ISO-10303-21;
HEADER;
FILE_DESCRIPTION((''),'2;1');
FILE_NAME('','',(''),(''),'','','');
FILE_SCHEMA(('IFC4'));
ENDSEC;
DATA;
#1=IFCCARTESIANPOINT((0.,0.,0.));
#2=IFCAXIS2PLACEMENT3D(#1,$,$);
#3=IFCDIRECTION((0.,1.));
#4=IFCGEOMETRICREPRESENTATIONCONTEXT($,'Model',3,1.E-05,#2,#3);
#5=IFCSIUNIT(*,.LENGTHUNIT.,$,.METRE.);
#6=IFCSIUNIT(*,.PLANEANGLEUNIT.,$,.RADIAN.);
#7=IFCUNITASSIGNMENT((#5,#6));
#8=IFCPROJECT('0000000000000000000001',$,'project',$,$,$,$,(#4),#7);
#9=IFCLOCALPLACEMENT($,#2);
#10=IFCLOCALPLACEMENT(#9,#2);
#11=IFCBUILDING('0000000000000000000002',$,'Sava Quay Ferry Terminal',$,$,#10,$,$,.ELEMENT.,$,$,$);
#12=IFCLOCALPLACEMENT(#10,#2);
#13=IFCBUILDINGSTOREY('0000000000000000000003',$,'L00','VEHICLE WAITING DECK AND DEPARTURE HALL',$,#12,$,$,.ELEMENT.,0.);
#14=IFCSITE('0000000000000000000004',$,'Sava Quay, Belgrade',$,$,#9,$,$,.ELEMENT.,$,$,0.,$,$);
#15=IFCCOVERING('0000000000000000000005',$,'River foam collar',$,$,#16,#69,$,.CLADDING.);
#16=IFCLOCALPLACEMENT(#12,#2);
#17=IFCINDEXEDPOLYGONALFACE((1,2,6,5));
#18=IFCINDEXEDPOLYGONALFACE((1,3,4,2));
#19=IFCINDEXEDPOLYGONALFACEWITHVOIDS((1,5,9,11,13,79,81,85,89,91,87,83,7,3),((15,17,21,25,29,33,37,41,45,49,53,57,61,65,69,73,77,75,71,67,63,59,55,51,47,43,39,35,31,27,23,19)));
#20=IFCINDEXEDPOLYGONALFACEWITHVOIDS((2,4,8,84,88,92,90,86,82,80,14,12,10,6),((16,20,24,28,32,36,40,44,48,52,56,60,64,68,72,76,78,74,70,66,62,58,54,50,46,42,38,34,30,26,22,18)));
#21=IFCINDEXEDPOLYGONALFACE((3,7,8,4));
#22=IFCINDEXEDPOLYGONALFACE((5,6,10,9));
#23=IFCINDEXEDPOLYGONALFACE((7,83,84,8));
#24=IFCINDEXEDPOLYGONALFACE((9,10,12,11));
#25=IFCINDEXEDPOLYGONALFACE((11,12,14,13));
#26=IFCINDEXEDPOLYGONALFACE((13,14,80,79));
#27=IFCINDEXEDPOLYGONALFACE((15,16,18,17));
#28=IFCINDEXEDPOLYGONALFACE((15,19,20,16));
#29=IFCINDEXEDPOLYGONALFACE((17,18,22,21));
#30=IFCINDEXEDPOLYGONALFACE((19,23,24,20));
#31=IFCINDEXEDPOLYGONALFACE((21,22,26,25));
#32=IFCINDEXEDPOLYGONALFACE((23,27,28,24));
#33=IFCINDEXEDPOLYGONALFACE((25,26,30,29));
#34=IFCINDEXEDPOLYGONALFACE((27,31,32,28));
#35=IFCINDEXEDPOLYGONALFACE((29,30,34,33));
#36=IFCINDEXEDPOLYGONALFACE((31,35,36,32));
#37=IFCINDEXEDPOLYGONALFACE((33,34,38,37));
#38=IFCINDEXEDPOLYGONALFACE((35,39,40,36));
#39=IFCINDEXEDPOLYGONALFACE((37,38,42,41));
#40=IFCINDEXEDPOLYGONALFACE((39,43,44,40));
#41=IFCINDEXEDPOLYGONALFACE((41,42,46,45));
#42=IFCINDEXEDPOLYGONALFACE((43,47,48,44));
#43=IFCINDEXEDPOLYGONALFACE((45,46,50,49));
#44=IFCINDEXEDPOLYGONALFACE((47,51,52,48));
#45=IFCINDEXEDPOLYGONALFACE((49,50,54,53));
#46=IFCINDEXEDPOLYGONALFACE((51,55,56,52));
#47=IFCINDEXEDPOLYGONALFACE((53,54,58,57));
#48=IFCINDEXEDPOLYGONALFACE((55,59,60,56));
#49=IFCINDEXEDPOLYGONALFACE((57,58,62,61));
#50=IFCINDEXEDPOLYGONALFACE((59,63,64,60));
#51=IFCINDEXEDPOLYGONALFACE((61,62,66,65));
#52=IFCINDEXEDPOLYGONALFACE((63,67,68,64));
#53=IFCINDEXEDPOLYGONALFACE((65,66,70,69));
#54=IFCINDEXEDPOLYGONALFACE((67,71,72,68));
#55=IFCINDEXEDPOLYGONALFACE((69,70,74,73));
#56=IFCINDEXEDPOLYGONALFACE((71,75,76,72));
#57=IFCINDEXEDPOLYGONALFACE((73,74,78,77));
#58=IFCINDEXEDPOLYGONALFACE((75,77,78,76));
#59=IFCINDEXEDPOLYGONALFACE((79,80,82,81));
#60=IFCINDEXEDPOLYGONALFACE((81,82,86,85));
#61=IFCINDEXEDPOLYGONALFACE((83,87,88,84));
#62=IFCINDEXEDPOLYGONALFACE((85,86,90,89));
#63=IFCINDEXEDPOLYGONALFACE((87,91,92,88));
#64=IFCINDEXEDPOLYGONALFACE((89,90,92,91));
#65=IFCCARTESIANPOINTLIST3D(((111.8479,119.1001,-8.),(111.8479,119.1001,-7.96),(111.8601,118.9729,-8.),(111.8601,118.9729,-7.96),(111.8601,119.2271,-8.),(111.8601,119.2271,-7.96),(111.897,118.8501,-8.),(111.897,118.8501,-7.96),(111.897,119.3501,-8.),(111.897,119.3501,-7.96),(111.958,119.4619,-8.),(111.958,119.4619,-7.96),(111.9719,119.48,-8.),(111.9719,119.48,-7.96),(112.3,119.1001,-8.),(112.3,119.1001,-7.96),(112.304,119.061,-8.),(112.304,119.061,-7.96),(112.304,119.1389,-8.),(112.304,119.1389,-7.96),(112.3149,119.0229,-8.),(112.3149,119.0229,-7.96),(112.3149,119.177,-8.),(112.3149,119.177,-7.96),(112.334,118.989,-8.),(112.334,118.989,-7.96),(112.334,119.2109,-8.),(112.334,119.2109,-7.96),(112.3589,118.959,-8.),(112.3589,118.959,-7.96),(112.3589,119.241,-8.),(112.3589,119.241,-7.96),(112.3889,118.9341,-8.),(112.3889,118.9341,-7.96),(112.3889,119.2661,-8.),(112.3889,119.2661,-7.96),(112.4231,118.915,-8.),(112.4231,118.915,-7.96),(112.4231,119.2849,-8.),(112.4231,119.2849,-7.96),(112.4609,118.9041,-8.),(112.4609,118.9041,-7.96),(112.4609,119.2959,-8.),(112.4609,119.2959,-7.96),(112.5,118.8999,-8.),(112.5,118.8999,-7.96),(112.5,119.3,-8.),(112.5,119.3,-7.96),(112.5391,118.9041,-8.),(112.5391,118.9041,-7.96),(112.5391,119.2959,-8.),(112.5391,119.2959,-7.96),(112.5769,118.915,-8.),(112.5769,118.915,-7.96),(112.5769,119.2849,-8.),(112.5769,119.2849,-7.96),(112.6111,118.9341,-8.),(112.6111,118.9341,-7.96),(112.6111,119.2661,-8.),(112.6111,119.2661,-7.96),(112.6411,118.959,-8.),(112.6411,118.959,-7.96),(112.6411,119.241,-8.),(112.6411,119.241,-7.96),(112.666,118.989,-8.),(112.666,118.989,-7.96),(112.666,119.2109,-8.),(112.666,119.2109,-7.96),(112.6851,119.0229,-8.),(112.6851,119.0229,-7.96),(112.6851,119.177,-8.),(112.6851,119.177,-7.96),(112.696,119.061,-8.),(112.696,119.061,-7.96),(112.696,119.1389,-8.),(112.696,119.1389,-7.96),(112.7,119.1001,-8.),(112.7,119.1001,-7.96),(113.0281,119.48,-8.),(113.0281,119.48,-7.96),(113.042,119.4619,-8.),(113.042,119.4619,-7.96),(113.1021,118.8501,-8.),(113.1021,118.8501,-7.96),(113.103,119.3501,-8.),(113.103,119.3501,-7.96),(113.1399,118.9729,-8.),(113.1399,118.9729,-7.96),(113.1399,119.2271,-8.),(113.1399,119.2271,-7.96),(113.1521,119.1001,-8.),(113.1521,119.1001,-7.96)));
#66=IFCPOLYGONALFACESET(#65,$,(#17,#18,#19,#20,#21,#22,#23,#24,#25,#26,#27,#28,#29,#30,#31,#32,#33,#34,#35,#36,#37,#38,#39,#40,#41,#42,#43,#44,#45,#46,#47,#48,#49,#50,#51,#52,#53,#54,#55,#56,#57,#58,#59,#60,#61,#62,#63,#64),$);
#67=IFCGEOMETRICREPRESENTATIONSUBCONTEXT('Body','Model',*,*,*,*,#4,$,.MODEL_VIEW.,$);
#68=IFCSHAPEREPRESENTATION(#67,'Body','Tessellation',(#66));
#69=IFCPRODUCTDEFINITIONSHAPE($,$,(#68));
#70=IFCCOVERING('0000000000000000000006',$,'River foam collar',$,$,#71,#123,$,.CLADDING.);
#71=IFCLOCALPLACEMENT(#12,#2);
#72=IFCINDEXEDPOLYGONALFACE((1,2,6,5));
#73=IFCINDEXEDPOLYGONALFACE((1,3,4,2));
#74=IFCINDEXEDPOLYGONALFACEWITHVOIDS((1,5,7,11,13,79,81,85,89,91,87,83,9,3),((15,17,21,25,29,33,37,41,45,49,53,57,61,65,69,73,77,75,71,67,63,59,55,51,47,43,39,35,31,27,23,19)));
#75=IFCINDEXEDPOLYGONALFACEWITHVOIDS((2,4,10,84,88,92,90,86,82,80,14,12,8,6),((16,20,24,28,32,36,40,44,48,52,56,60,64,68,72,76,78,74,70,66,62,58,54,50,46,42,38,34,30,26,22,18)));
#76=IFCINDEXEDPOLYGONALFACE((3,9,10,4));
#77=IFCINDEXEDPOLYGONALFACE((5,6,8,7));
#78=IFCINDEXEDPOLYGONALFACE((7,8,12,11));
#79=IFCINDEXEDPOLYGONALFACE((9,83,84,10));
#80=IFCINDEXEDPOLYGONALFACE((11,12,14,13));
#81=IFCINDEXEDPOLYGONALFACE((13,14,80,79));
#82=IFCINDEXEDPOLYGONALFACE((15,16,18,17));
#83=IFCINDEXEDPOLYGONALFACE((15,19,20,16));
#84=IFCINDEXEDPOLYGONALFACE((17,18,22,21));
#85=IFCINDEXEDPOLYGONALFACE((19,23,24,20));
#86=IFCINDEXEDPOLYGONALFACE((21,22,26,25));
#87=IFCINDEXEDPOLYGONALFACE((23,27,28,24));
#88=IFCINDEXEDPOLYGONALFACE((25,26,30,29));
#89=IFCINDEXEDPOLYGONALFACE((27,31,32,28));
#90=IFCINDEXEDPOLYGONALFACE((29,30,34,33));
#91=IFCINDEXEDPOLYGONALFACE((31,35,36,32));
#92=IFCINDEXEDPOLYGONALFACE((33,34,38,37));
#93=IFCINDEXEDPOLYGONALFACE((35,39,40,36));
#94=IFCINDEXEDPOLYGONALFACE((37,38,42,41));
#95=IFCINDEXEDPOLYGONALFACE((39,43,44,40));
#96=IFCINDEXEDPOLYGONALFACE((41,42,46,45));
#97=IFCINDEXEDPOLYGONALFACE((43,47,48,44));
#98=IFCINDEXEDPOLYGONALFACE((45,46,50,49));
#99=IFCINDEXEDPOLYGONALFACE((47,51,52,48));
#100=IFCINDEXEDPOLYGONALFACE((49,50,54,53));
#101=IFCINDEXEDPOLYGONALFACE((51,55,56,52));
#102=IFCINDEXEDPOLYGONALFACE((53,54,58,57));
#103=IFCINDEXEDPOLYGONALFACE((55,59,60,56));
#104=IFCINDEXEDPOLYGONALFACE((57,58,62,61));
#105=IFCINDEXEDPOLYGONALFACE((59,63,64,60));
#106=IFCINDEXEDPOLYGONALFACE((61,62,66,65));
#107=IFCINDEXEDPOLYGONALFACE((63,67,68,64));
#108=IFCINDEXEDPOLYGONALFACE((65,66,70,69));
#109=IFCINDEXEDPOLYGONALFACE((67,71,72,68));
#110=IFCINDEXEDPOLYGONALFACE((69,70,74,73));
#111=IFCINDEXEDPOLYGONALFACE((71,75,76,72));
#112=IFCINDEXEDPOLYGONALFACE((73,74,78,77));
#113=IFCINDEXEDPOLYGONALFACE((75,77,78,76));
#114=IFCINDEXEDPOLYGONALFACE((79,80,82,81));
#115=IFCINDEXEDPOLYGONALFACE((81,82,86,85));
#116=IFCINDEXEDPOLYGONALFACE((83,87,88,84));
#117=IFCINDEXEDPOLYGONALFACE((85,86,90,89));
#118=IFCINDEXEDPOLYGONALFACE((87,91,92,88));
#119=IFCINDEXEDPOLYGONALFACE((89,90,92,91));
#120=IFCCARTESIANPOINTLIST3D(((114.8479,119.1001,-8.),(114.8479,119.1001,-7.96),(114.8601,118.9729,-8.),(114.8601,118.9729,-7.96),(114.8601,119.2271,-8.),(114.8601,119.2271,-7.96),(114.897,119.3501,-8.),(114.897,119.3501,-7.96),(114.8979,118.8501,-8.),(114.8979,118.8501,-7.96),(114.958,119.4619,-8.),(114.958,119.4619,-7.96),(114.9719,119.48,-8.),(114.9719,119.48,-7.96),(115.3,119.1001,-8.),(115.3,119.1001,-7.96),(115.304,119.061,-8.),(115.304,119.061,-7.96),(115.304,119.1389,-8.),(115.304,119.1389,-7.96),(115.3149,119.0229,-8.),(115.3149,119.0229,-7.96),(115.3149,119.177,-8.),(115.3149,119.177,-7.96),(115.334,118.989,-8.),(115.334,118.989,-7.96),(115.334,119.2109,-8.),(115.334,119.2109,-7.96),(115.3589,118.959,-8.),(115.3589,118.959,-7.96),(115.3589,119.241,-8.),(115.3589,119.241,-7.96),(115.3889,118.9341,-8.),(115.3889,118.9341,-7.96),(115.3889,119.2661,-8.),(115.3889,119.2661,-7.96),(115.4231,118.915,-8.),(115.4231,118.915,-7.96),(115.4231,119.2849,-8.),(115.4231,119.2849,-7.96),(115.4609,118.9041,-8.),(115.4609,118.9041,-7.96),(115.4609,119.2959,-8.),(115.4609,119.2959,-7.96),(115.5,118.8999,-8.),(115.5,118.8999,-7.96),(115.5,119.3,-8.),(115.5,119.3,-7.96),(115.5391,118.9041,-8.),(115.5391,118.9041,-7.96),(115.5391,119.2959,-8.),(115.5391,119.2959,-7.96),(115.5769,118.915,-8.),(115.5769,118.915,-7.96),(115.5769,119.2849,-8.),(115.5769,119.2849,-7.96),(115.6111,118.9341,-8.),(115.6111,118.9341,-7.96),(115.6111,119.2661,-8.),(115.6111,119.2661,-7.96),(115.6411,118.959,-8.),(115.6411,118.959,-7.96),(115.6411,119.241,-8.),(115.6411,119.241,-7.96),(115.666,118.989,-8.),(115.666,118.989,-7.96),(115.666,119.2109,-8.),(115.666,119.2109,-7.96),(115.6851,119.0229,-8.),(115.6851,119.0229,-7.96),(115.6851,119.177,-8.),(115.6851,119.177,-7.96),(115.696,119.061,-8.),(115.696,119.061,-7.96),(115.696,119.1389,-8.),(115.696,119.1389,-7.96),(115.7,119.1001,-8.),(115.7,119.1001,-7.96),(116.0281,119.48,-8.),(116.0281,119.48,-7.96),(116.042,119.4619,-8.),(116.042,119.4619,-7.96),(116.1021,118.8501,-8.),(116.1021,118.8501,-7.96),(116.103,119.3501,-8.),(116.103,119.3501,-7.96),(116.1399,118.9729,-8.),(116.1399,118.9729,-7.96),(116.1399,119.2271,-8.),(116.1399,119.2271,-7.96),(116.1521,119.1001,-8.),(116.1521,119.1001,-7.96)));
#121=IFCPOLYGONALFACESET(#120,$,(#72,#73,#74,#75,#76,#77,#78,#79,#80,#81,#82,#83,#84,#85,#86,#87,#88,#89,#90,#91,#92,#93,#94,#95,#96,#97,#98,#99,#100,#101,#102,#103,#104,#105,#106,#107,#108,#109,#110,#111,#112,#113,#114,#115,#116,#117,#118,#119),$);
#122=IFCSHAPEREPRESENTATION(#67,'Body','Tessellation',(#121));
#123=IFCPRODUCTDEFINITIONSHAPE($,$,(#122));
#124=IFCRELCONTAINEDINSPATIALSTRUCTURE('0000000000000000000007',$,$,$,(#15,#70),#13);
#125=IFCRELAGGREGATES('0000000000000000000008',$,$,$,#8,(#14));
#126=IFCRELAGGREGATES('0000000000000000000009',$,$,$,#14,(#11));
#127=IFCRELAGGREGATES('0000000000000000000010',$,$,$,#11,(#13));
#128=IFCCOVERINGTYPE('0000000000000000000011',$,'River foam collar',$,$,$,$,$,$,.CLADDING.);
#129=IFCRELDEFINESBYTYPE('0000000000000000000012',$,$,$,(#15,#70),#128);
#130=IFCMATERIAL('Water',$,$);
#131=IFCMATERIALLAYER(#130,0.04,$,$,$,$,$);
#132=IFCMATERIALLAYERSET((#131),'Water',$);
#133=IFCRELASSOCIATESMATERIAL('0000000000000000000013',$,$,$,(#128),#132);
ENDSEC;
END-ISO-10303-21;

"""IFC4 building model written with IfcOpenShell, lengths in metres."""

from ifc_helpers import new_model, si_unit, direction, frame, origin, place, context, subcontext, project, spatial, polyline, outline, extrude, material, layer, layer_set, type_object, element, save


model = new_model("IFC4")

# Units and contexts
model_context = context("Model", 3, precision=1e-05, world=origin(), true_north=direction((0.0, 1.0)))
body_context = subcontext(model_context, "Body", "Model", "MODEL_VIEW")
ifc_project = project(units=[si_unit("LENGTHUNIT", "METRE"), si_unit("PLANEANGLEUNIT", "RADIAN")], contexts=[model_context])

# Site, building, storey
site_placement = place(None, origin())
site = spatial("IfcSite", under=ifc_project, at=site_placement, Name="Sava Quay, Belgrade", CompositionType="ELEMENT", RefElevation=0.0)
building_placement = place(site_placement, origin())
building = spatial("IfcBuilding", under=site, at=building_placement, Name="Sava Quay Ferry Terminal", CompositionType="ELEMENT")
storey_placement = place(building_placement, origin())
storey = spatial("IfcBuildingStorey", under=building, at=storey_placement, Name="L00", Description="VEHICLE WAITING DECK AND DEPARTURE HALL", CompositionType="ELEMENT", Elevation=0.0)

# Coverings
ifc_material = material(Name="Water")
ifc_layer = layer(ifc_material, 0.04)
ifc_layer_set = layer_set([ifc_layer], Name="Water")
covering_type = type_object("IfcCoveringType", Name="River foam collar", PredefinedType="CLADDING", material=ifc_layer_set)
covering_1_placement = place(storey_placement, frame((0.0, 0.0, -8.0)))
element("IfcCovering", 1, at=covering_1_placement, inside=storey, type_object=covering_type, Name="River foam collar", PredefinedType="CLADDING", context=body_context, shape_type="SweptSolid", body=[
    extrude(outline(polyline([(113.103, 119.3501), (113.042, 119.4619), (113.0281, 119.48), (111.9719, 119.48), (111.958, 119.4619), (111.897, 119.3501), (111.8601, 119.2271), (111.8479, 119.1001), (111.8601, 118.9729), (111.897, 118.8501), (113.1021, 118.8501), (113.1399, 118.9729), (113.1521, 119.1001), (113.1399, 119.2271), (113.103, 119.3501)]), holes=[polyline([(112.6851, 119.0229), (112.666, 118.989), (112.6411, 118.959), (112.6111, 118.9341), (112.5769, 118.915), (112.5391, 118.9041), (112.5, 118.8999), (112.4609, 118.9041), (112.4231, 118.915), (112.3889, 118.9341), (112.3589, 118.959), (112.334, 118.989), (112.3149, 119.0229), (112.304, 119.061), (112.3, 119.1001), (112.304, 119.1389), (112.3149, 119.177), (112.334, 119.2109), (112.3589, 119.241), (112.3889, 119.2661), (112.4231, 119.2849), (112.4609, 119.2959), (112.5, 119.3), (112.5391, 119.2959), (112.5769, 119.2849), (112.6111, 119.2661), (112.6411, 119.241), (112.666, 119.2109), (112.6851, 119.177), (112.696, 119.1389), (112.7, 119.1001), (112.696, 119.061), (112.6851, 119.0229)])]), origin(), (0.0, 0.0, 1.0), 0.04),
])
covering_2_placement = place(storey_placement, frame((0.0, 0.0, -8.0)))
element("IfcCovering", 2, at=covering_2_placement, inside=storey, type_object=covering_type, Name="River foam collar", PredefinedType="CLADDING", context=body_context, shape_type="SweptSolid", body=[
    extrude(outline(polyline([(116.1399, 119.2271), (116.103, 119.3501), (116.042, 119.4619), (116.0281, 119.48), (114.9719, 119.48), (114.958, 119.4619), (114.897, 119.3501), (114.8601, 119.2271), (114.8479, 119.1001), (114.8601, 118.9729), (114.8979, 118.8501), (116.1021, 118.8501), (116.1399, 118.9729), (116.1521, 119.1001), (116.1399, 119.2271)]), holes=[polyline([(115.696, 119.061), (115.6851, 119.0229), (115.666, 118.989), (115.6411, 118.959), (115.6111, 118.9341), (115.5769, 118.915), (115.5391, 118.9041), (115.5, 118.8999), (115.4609, 118.9041), (115.4231, 118.915), (115.3889, 118.9341), (115.3589, 118.959), (115.334, 118.989), (115.3149, 119.0229), (115.304, 119.061), (115.3, 119.1001), (115.304, 119.1389), (115.3149, 119.177), (115.334, 119.2109), (115.3589, 119.241), (115.3889, 119.2661), (115.4231, 119.2849), (115.4609, 119.2959), (115.5, 119.3), (115.5391, 119.2959), (115.5769, 119.2849), (115.6111, 119.2661), (115.6411, 119.241), (115.666, 119.2109), (115.6851, 119.177), (115.696, 119.1389), (115.7, 119.1001), (115.696, 119.061)])]), origin(), (0.0, 0.0, 1.0), 0.04),
])

save(model, "model.ifc")
